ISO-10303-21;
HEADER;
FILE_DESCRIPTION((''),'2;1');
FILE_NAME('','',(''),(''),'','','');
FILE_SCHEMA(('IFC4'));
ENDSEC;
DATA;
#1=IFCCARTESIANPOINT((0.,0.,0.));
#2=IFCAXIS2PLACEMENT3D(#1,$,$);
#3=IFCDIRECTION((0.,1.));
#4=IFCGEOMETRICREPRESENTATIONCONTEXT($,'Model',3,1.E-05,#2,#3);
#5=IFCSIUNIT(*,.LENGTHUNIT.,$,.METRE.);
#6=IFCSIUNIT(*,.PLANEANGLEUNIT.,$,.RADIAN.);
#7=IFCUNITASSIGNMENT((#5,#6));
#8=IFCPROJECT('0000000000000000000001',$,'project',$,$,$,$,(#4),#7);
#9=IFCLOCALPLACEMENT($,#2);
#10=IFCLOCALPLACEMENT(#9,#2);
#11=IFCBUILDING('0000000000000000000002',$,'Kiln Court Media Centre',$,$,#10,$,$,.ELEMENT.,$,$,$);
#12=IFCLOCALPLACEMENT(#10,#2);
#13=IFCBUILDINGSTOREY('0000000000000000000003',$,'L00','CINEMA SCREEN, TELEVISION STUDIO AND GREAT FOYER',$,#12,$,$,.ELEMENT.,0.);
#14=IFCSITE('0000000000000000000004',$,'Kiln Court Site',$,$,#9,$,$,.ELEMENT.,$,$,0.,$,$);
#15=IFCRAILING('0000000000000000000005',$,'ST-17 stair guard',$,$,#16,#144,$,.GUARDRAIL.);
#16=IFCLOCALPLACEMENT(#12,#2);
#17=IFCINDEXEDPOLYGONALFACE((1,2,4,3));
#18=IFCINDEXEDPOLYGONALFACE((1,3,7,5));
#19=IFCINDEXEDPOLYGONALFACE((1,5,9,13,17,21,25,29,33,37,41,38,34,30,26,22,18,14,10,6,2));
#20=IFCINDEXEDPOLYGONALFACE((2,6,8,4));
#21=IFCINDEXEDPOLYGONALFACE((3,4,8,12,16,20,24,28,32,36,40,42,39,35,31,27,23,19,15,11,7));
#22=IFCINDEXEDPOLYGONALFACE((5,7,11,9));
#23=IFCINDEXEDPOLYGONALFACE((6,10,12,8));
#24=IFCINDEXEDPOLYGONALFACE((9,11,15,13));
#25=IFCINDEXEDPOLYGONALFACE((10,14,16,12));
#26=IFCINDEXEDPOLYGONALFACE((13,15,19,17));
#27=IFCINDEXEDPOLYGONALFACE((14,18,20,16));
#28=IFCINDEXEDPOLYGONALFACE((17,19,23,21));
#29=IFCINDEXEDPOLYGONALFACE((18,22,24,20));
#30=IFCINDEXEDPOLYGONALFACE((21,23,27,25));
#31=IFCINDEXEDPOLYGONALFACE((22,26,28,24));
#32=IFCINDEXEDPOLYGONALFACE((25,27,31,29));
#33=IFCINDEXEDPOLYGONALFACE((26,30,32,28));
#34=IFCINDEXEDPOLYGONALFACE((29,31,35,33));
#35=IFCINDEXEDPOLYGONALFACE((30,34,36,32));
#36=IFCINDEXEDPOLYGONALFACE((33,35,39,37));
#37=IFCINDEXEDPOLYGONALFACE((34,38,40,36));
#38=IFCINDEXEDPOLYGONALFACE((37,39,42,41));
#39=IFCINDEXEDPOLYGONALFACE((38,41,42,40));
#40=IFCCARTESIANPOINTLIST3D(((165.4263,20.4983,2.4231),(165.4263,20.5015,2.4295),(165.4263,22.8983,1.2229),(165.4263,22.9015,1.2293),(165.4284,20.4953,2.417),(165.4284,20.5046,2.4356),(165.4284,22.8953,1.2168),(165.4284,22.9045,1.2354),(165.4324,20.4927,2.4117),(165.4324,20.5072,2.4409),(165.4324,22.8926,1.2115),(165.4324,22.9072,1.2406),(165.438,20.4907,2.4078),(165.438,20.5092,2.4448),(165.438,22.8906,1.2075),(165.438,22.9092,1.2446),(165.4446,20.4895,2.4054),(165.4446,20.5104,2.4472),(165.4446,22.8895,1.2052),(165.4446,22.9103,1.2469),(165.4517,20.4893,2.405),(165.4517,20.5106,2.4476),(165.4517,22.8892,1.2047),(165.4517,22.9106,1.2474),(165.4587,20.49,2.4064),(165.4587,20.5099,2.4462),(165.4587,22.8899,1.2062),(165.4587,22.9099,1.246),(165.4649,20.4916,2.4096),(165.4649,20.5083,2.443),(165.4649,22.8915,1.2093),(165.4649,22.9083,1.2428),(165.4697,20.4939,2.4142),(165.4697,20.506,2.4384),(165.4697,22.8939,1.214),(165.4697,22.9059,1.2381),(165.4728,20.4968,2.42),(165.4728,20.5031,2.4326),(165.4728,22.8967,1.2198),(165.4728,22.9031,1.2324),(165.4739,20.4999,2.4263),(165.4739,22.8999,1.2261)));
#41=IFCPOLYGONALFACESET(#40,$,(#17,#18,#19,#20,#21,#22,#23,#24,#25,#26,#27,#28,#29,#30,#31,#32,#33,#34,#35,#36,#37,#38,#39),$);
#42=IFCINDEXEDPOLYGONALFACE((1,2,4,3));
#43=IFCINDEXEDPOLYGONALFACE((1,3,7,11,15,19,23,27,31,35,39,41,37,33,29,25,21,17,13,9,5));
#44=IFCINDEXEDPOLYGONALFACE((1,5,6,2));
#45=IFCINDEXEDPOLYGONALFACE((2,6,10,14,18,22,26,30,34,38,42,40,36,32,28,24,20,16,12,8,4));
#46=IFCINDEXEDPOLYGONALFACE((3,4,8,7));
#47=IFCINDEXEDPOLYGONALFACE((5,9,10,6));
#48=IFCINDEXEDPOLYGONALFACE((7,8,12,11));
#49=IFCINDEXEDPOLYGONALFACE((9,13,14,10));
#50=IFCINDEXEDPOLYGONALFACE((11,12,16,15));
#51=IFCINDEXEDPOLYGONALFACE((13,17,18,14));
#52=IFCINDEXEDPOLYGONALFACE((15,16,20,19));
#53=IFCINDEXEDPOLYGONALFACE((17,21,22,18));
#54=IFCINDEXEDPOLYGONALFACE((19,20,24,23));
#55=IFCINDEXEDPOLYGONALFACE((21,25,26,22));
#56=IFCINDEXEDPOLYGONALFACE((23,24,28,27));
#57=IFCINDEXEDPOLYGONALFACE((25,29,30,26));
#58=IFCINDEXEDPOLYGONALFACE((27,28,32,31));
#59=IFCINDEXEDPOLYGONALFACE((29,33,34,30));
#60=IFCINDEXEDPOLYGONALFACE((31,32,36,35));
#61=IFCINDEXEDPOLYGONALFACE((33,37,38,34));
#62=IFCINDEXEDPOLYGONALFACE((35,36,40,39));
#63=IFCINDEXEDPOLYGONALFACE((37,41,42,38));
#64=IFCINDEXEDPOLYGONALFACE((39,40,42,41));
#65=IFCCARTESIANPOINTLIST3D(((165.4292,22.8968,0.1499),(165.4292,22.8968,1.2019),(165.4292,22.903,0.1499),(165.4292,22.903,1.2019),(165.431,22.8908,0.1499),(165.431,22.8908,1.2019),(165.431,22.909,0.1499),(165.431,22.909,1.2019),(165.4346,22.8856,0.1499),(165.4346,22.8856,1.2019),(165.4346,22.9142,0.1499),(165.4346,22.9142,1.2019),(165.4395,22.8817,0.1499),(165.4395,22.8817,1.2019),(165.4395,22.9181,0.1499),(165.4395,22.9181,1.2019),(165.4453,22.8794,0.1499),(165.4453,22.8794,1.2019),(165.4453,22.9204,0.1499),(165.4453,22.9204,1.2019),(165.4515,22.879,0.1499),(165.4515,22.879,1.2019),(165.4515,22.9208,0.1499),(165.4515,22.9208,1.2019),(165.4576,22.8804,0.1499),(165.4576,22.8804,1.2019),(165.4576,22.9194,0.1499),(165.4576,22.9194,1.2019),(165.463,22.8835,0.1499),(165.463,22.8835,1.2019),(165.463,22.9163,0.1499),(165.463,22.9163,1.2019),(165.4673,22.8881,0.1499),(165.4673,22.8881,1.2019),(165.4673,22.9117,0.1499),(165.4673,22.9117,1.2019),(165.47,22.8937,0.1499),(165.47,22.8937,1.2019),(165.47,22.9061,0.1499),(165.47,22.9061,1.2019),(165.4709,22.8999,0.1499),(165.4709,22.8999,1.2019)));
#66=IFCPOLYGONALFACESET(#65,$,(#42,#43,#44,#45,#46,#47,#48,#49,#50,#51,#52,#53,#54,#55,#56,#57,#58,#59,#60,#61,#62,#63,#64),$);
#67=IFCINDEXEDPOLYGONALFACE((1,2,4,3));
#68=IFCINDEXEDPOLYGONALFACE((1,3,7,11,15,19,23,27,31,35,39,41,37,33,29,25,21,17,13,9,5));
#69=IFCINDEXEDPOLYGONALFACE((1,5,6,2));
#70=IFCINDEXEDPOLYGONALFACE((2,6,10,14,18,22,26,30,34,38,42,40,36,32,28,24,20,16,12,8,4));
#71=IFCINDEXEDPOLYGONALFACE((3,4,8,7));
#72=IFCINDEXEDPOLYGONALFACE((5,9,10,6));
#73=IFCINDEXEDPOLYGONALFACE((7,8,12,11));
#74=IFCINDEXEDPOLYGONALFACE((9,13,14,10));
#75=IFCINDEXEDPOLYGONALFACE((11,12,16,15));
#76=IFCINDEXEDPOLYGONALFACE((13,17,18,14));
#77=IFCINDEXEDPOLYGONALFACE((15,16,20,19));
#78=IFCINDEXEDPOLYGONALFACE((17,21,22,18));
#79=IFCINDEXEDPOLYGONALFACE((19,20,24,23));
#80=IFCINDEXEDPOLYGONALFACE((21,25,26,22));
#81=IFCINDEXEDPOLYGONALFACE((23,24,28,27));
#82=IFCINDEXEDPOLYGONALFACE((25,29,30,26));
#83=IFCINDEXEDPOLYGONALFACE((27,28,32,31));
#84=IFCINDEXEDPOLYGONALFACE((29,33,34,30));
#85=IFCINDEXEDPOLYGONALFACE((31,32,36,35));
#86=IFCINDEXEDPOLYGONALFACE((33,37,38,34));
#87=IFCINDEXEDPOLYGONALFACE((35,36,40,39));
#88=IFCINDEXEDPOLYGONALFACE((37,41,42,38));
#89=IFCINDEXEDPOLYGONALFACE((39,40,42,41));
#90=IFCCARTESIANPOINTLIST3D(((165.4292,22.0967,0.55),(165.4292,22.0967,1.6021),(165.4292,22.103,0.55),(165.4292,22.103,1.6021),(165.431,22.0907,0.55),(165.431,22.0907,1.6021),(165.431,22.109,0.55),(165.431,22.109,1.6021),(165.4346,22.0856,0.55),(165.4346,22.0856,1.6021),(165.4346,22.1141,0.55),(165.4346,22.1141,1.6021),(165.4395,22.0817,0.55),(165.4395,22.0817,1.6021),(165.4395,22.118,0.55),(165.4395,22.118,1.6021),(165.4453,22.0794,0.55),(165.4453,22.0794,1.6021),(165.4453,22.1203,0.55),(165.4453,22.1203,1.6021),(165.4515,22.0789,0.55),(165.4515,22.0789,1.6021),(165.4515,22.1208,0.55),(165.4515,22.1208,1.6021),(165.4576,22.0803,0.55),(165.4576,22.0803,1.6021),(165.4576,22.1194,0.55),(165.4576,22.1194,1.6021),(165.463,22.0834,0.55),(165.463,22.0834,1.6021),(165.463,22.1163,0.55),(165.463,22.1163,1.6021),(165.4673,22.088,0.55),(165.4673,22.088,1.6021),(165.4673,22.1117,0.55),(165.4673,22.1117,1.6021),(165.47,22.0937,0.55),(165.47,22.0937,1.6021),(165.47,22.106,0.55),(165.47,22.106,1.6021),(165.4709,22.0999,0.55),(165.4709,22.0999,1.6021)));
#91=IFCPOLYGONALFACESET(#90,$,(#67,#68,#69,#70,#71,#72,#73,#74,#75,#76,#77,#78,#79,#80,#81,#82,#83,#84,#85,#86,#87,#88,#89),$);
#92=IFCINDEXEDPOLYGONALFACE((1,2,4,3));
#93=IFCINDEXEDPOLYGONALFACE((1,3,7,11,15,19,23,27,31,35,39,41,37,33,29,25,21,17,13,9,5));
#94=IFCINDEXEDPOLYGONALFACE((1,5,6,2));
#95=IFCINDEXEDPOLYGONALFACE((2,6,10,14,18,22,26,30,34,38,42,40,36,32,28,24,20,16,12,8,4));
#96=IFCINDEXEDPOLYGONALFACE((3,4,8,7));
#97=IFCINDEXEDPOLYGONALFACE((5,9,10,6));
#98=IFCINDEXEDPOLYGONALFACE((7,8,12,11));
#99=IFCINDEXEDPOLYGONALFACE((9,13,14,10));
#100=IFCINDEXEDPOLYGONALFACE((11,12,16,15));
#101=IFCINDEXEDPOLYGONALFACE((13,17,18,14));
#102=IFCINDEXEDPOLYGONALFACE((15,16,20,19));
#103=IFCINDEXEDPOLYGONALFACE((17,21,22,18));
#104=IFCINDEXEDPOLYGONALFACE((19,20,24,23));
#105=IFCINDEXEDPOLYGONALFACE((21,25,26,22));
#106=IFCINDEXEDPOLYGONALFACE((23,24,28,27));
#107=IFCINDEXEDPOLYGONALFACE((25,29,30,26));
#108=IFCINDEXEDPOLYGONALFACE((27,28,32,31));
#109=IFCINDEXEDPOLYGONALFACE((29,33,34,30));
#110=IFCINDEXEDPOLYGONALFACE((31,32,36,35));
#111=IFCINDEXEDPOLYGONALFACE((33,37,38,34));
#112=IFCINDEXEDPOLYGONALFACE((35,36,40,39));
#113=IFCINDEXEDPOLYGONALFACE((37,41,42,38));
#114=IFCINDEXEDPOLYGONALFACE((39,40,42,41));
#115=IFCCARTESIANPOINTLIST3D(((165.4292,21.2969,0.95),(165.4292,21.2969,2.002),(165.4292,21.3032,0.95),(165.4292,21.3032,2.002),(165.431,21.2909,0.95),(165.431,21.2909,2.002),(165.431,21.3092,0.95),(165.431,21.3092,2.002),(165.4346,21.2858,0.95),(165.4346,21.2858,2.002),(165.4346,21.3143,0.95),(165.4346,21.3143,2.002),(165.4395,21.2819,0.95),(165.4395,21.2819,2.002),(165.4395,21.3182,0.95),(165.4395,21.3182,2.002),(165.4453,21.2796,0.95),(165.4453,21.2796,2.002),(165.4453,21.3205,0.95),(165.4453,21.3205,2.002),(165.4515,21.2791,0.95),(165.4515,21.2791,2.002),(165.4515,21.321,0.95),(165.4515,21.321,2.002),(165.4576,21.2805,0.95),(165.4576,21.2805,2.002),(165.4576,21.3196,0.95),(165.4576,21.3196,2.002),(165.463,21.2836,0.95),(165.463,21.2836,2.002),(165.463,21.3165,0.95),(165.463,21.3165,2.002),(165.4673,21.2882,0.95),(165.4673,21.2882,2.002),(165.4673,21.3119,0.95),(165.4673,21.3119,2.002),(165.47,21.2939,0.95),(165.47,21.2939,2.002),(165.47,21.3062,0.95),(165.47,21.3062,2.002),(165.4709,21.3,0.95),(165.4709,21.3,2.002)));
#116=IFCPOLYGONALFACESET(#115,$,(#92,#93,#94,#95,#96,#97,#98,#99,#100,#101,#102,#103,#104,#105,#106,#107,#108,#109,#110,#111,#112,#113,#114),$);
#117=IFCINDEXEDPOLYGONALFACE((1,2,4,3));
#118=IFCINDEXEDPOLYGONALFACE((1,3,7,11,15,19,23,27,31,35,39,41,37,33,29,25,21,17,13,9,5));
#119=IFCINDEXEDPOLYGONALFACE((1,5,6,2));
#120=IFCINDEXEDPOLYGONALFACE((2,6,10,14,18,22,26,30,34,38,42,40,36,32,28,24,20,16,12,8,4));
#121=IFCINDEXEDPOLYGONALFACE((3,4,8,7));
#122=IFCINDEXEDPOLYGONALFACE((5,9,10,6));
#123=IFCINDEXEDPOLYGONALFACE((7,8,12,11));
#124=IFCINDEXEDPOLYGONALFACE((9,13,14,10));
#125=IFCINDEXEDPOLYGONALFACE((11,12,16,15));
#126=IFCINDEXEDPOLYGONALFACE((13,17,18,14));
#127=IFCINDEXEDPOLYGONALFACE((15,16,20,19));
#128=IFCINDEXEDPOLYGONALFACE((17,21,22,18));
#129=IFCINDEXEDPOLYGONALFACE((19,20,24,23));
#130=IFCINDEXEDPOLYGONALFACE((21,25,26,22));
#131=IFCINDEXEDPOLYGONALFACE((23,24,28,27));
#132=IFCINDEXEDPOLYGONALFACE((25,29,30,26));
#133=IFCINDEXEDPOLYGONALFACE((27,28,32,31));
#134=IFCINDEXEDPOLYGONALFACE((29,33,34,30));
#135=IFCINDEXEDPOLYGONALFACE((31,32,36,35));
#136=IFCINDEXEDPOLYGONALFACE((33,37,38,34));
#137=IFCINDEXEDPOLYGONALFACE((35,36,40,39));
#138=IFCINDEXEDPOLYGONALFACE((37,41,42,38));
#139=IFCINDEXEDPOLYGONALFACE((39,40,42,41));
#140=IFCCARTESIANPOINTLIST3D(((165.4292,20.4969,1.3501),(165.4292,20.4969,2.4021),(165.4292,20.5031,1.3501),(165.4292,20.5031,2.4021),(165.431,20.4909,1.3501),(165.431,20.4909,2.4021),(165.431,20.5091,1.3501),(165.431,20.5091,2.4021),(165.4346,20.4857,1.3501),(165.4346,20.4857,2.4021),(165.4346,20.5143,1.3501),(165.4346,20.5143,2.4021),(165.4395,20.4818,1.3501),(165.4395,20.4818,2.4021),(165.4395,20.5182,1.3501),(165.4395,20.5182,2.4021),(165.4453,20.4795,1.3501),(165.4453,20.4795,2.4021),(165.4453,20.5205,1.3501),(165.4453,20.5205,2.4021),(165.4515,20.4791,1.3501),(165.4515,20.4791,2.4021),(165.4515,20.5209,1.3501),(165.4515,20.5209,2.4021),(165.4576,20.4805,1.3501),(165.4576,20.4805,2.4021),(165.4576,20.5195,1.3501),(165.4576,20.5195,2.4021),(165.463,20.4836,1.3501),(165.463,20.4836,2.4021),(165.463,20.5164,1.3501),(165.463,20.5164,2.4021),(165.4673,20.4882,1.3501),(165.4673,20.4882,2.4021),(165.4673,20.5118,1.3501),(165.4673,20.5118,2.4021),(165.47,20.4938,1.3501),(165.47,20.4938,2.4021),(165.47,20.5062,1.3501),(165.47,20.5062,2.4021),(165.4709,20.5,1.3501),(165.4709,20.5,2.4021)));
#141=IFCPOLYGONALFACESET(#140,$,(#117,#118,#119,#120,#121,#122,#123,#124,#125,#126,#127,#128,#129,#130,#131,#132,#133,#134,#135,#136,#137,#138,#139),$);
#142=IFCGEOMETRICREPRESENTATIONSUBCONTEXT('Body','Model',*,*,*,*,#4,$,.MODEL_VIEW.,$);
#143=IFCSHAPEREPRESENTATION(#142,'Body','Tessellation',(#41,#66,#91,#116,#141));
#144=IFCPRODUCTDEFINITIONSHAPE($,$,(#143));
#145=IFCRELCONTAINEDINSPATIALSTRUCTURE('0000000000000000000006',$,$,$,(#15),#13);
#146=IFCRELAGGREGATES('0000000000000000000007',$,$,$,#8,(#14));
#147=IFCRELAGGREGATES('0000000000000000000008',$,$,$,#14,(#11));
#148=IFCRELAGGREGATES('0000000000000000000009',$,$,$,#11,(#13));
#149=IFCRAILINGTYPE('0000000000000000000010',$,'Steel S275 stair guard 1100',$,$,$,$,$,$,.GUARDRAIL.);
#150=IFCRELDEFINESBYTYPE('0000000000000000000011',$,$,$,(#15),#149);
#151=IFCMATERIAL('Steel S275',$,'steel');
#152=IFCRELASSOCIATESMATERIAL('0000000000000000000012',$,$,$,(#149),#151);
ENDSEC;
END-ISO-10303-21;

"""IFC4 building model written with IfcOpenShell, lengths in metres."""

from ifc_helpers import new_model, si_unit, direction, frame, origin, origin_2d, place, context, subcontext, project, spatial, circle, extrude, material, type_object, element, save


model = new_model("IFC4")

# Units and contexts
model_context = context("Model", 3, precision=1e-05, world=origin(), true_north=direction((0.0, 1.0)))
body_context = subcontext(model_context, "Body", "Model", "MODEL_VIEW")
ifc_project = project(units=[si_unit("LENGTHUNIT", "METRE"), si_unit("PLANEANGLEUNIT", "RADIAN")], contexts=[model_context])

# Site, building, storey
site_placement = place(None, origin())
site = spatial("IfcSite", under=ifc_project, at=site_placement, Name="Kiln Court Site", CompositionType="ELEMENT", RefElevation=0.0)
building_placement = place(site_placement, origin())
building = spatial("IfcBuilding", under=site, at=building_placement, Name="Kiln Court Media Centre", CompositionType="ELEMENT")
storey_placement = place(building_placement, origin())
storey = spatial("IfcBuildingStorey", under=building, at=storey_placement, Name="L00", Description="CINEMA SCREEN, TELEVISION STUDIO AND GREAT FOYER", CompositionType="ELEMENT", Elevation=0.0)

# Railing
ifc_material_1 = material(Name="Steel S275", Category="steel")
railing_type_1 = type_object("IfcRailingType", Name="Steel S275 stair guard 1100", PredefinedType="GUARDRAIL", material=ifc_material_1)
railing_1_placement = place(storey_placement, frame((165.45, 22.8999, 0.1499)))
element("IfcRailing", 1, at=railing_1_placement, inside=storey, type_object=railing_type_1, Name="ST-17 stair guard", PredefinedType="GUARDRAIL", context=body_context, shape_type="SweptSolid", body=[
    extrude(circle(Radius=0.0239, at=origin_2d()), frame((0.0, 0.0, 1.0762), z_axis=(0.0, -0.894391, 0.447286), x_axis=(1.0, 0.0, 0.0)), (0.0, 0.0, 1.0), 2.6833),
    extrude(circle(Radius=0.021, at=origin_2d()), origin(), (0.0, 0.0, 1.0), 1.052),
    extrude(circle(Radius=0.021, at=origin_2d()), frame((0.0, -0.8, 0.4001)), (0.0, 0.0, 1.0), 1.052),
    extrude(circle(Radius=0.021, at=origin_2d()), frame((0.0, -1.5999, 0.8)), (0.0, 0.0, 1.0), 1.052),
    extrude(circle(Radius=0.021, at=origin_2d()), frame((0.0, -2.3999, 1.2002)), (0.0, 0.0, 1.0), 1.052),
])

save(model, "model.ifc")
